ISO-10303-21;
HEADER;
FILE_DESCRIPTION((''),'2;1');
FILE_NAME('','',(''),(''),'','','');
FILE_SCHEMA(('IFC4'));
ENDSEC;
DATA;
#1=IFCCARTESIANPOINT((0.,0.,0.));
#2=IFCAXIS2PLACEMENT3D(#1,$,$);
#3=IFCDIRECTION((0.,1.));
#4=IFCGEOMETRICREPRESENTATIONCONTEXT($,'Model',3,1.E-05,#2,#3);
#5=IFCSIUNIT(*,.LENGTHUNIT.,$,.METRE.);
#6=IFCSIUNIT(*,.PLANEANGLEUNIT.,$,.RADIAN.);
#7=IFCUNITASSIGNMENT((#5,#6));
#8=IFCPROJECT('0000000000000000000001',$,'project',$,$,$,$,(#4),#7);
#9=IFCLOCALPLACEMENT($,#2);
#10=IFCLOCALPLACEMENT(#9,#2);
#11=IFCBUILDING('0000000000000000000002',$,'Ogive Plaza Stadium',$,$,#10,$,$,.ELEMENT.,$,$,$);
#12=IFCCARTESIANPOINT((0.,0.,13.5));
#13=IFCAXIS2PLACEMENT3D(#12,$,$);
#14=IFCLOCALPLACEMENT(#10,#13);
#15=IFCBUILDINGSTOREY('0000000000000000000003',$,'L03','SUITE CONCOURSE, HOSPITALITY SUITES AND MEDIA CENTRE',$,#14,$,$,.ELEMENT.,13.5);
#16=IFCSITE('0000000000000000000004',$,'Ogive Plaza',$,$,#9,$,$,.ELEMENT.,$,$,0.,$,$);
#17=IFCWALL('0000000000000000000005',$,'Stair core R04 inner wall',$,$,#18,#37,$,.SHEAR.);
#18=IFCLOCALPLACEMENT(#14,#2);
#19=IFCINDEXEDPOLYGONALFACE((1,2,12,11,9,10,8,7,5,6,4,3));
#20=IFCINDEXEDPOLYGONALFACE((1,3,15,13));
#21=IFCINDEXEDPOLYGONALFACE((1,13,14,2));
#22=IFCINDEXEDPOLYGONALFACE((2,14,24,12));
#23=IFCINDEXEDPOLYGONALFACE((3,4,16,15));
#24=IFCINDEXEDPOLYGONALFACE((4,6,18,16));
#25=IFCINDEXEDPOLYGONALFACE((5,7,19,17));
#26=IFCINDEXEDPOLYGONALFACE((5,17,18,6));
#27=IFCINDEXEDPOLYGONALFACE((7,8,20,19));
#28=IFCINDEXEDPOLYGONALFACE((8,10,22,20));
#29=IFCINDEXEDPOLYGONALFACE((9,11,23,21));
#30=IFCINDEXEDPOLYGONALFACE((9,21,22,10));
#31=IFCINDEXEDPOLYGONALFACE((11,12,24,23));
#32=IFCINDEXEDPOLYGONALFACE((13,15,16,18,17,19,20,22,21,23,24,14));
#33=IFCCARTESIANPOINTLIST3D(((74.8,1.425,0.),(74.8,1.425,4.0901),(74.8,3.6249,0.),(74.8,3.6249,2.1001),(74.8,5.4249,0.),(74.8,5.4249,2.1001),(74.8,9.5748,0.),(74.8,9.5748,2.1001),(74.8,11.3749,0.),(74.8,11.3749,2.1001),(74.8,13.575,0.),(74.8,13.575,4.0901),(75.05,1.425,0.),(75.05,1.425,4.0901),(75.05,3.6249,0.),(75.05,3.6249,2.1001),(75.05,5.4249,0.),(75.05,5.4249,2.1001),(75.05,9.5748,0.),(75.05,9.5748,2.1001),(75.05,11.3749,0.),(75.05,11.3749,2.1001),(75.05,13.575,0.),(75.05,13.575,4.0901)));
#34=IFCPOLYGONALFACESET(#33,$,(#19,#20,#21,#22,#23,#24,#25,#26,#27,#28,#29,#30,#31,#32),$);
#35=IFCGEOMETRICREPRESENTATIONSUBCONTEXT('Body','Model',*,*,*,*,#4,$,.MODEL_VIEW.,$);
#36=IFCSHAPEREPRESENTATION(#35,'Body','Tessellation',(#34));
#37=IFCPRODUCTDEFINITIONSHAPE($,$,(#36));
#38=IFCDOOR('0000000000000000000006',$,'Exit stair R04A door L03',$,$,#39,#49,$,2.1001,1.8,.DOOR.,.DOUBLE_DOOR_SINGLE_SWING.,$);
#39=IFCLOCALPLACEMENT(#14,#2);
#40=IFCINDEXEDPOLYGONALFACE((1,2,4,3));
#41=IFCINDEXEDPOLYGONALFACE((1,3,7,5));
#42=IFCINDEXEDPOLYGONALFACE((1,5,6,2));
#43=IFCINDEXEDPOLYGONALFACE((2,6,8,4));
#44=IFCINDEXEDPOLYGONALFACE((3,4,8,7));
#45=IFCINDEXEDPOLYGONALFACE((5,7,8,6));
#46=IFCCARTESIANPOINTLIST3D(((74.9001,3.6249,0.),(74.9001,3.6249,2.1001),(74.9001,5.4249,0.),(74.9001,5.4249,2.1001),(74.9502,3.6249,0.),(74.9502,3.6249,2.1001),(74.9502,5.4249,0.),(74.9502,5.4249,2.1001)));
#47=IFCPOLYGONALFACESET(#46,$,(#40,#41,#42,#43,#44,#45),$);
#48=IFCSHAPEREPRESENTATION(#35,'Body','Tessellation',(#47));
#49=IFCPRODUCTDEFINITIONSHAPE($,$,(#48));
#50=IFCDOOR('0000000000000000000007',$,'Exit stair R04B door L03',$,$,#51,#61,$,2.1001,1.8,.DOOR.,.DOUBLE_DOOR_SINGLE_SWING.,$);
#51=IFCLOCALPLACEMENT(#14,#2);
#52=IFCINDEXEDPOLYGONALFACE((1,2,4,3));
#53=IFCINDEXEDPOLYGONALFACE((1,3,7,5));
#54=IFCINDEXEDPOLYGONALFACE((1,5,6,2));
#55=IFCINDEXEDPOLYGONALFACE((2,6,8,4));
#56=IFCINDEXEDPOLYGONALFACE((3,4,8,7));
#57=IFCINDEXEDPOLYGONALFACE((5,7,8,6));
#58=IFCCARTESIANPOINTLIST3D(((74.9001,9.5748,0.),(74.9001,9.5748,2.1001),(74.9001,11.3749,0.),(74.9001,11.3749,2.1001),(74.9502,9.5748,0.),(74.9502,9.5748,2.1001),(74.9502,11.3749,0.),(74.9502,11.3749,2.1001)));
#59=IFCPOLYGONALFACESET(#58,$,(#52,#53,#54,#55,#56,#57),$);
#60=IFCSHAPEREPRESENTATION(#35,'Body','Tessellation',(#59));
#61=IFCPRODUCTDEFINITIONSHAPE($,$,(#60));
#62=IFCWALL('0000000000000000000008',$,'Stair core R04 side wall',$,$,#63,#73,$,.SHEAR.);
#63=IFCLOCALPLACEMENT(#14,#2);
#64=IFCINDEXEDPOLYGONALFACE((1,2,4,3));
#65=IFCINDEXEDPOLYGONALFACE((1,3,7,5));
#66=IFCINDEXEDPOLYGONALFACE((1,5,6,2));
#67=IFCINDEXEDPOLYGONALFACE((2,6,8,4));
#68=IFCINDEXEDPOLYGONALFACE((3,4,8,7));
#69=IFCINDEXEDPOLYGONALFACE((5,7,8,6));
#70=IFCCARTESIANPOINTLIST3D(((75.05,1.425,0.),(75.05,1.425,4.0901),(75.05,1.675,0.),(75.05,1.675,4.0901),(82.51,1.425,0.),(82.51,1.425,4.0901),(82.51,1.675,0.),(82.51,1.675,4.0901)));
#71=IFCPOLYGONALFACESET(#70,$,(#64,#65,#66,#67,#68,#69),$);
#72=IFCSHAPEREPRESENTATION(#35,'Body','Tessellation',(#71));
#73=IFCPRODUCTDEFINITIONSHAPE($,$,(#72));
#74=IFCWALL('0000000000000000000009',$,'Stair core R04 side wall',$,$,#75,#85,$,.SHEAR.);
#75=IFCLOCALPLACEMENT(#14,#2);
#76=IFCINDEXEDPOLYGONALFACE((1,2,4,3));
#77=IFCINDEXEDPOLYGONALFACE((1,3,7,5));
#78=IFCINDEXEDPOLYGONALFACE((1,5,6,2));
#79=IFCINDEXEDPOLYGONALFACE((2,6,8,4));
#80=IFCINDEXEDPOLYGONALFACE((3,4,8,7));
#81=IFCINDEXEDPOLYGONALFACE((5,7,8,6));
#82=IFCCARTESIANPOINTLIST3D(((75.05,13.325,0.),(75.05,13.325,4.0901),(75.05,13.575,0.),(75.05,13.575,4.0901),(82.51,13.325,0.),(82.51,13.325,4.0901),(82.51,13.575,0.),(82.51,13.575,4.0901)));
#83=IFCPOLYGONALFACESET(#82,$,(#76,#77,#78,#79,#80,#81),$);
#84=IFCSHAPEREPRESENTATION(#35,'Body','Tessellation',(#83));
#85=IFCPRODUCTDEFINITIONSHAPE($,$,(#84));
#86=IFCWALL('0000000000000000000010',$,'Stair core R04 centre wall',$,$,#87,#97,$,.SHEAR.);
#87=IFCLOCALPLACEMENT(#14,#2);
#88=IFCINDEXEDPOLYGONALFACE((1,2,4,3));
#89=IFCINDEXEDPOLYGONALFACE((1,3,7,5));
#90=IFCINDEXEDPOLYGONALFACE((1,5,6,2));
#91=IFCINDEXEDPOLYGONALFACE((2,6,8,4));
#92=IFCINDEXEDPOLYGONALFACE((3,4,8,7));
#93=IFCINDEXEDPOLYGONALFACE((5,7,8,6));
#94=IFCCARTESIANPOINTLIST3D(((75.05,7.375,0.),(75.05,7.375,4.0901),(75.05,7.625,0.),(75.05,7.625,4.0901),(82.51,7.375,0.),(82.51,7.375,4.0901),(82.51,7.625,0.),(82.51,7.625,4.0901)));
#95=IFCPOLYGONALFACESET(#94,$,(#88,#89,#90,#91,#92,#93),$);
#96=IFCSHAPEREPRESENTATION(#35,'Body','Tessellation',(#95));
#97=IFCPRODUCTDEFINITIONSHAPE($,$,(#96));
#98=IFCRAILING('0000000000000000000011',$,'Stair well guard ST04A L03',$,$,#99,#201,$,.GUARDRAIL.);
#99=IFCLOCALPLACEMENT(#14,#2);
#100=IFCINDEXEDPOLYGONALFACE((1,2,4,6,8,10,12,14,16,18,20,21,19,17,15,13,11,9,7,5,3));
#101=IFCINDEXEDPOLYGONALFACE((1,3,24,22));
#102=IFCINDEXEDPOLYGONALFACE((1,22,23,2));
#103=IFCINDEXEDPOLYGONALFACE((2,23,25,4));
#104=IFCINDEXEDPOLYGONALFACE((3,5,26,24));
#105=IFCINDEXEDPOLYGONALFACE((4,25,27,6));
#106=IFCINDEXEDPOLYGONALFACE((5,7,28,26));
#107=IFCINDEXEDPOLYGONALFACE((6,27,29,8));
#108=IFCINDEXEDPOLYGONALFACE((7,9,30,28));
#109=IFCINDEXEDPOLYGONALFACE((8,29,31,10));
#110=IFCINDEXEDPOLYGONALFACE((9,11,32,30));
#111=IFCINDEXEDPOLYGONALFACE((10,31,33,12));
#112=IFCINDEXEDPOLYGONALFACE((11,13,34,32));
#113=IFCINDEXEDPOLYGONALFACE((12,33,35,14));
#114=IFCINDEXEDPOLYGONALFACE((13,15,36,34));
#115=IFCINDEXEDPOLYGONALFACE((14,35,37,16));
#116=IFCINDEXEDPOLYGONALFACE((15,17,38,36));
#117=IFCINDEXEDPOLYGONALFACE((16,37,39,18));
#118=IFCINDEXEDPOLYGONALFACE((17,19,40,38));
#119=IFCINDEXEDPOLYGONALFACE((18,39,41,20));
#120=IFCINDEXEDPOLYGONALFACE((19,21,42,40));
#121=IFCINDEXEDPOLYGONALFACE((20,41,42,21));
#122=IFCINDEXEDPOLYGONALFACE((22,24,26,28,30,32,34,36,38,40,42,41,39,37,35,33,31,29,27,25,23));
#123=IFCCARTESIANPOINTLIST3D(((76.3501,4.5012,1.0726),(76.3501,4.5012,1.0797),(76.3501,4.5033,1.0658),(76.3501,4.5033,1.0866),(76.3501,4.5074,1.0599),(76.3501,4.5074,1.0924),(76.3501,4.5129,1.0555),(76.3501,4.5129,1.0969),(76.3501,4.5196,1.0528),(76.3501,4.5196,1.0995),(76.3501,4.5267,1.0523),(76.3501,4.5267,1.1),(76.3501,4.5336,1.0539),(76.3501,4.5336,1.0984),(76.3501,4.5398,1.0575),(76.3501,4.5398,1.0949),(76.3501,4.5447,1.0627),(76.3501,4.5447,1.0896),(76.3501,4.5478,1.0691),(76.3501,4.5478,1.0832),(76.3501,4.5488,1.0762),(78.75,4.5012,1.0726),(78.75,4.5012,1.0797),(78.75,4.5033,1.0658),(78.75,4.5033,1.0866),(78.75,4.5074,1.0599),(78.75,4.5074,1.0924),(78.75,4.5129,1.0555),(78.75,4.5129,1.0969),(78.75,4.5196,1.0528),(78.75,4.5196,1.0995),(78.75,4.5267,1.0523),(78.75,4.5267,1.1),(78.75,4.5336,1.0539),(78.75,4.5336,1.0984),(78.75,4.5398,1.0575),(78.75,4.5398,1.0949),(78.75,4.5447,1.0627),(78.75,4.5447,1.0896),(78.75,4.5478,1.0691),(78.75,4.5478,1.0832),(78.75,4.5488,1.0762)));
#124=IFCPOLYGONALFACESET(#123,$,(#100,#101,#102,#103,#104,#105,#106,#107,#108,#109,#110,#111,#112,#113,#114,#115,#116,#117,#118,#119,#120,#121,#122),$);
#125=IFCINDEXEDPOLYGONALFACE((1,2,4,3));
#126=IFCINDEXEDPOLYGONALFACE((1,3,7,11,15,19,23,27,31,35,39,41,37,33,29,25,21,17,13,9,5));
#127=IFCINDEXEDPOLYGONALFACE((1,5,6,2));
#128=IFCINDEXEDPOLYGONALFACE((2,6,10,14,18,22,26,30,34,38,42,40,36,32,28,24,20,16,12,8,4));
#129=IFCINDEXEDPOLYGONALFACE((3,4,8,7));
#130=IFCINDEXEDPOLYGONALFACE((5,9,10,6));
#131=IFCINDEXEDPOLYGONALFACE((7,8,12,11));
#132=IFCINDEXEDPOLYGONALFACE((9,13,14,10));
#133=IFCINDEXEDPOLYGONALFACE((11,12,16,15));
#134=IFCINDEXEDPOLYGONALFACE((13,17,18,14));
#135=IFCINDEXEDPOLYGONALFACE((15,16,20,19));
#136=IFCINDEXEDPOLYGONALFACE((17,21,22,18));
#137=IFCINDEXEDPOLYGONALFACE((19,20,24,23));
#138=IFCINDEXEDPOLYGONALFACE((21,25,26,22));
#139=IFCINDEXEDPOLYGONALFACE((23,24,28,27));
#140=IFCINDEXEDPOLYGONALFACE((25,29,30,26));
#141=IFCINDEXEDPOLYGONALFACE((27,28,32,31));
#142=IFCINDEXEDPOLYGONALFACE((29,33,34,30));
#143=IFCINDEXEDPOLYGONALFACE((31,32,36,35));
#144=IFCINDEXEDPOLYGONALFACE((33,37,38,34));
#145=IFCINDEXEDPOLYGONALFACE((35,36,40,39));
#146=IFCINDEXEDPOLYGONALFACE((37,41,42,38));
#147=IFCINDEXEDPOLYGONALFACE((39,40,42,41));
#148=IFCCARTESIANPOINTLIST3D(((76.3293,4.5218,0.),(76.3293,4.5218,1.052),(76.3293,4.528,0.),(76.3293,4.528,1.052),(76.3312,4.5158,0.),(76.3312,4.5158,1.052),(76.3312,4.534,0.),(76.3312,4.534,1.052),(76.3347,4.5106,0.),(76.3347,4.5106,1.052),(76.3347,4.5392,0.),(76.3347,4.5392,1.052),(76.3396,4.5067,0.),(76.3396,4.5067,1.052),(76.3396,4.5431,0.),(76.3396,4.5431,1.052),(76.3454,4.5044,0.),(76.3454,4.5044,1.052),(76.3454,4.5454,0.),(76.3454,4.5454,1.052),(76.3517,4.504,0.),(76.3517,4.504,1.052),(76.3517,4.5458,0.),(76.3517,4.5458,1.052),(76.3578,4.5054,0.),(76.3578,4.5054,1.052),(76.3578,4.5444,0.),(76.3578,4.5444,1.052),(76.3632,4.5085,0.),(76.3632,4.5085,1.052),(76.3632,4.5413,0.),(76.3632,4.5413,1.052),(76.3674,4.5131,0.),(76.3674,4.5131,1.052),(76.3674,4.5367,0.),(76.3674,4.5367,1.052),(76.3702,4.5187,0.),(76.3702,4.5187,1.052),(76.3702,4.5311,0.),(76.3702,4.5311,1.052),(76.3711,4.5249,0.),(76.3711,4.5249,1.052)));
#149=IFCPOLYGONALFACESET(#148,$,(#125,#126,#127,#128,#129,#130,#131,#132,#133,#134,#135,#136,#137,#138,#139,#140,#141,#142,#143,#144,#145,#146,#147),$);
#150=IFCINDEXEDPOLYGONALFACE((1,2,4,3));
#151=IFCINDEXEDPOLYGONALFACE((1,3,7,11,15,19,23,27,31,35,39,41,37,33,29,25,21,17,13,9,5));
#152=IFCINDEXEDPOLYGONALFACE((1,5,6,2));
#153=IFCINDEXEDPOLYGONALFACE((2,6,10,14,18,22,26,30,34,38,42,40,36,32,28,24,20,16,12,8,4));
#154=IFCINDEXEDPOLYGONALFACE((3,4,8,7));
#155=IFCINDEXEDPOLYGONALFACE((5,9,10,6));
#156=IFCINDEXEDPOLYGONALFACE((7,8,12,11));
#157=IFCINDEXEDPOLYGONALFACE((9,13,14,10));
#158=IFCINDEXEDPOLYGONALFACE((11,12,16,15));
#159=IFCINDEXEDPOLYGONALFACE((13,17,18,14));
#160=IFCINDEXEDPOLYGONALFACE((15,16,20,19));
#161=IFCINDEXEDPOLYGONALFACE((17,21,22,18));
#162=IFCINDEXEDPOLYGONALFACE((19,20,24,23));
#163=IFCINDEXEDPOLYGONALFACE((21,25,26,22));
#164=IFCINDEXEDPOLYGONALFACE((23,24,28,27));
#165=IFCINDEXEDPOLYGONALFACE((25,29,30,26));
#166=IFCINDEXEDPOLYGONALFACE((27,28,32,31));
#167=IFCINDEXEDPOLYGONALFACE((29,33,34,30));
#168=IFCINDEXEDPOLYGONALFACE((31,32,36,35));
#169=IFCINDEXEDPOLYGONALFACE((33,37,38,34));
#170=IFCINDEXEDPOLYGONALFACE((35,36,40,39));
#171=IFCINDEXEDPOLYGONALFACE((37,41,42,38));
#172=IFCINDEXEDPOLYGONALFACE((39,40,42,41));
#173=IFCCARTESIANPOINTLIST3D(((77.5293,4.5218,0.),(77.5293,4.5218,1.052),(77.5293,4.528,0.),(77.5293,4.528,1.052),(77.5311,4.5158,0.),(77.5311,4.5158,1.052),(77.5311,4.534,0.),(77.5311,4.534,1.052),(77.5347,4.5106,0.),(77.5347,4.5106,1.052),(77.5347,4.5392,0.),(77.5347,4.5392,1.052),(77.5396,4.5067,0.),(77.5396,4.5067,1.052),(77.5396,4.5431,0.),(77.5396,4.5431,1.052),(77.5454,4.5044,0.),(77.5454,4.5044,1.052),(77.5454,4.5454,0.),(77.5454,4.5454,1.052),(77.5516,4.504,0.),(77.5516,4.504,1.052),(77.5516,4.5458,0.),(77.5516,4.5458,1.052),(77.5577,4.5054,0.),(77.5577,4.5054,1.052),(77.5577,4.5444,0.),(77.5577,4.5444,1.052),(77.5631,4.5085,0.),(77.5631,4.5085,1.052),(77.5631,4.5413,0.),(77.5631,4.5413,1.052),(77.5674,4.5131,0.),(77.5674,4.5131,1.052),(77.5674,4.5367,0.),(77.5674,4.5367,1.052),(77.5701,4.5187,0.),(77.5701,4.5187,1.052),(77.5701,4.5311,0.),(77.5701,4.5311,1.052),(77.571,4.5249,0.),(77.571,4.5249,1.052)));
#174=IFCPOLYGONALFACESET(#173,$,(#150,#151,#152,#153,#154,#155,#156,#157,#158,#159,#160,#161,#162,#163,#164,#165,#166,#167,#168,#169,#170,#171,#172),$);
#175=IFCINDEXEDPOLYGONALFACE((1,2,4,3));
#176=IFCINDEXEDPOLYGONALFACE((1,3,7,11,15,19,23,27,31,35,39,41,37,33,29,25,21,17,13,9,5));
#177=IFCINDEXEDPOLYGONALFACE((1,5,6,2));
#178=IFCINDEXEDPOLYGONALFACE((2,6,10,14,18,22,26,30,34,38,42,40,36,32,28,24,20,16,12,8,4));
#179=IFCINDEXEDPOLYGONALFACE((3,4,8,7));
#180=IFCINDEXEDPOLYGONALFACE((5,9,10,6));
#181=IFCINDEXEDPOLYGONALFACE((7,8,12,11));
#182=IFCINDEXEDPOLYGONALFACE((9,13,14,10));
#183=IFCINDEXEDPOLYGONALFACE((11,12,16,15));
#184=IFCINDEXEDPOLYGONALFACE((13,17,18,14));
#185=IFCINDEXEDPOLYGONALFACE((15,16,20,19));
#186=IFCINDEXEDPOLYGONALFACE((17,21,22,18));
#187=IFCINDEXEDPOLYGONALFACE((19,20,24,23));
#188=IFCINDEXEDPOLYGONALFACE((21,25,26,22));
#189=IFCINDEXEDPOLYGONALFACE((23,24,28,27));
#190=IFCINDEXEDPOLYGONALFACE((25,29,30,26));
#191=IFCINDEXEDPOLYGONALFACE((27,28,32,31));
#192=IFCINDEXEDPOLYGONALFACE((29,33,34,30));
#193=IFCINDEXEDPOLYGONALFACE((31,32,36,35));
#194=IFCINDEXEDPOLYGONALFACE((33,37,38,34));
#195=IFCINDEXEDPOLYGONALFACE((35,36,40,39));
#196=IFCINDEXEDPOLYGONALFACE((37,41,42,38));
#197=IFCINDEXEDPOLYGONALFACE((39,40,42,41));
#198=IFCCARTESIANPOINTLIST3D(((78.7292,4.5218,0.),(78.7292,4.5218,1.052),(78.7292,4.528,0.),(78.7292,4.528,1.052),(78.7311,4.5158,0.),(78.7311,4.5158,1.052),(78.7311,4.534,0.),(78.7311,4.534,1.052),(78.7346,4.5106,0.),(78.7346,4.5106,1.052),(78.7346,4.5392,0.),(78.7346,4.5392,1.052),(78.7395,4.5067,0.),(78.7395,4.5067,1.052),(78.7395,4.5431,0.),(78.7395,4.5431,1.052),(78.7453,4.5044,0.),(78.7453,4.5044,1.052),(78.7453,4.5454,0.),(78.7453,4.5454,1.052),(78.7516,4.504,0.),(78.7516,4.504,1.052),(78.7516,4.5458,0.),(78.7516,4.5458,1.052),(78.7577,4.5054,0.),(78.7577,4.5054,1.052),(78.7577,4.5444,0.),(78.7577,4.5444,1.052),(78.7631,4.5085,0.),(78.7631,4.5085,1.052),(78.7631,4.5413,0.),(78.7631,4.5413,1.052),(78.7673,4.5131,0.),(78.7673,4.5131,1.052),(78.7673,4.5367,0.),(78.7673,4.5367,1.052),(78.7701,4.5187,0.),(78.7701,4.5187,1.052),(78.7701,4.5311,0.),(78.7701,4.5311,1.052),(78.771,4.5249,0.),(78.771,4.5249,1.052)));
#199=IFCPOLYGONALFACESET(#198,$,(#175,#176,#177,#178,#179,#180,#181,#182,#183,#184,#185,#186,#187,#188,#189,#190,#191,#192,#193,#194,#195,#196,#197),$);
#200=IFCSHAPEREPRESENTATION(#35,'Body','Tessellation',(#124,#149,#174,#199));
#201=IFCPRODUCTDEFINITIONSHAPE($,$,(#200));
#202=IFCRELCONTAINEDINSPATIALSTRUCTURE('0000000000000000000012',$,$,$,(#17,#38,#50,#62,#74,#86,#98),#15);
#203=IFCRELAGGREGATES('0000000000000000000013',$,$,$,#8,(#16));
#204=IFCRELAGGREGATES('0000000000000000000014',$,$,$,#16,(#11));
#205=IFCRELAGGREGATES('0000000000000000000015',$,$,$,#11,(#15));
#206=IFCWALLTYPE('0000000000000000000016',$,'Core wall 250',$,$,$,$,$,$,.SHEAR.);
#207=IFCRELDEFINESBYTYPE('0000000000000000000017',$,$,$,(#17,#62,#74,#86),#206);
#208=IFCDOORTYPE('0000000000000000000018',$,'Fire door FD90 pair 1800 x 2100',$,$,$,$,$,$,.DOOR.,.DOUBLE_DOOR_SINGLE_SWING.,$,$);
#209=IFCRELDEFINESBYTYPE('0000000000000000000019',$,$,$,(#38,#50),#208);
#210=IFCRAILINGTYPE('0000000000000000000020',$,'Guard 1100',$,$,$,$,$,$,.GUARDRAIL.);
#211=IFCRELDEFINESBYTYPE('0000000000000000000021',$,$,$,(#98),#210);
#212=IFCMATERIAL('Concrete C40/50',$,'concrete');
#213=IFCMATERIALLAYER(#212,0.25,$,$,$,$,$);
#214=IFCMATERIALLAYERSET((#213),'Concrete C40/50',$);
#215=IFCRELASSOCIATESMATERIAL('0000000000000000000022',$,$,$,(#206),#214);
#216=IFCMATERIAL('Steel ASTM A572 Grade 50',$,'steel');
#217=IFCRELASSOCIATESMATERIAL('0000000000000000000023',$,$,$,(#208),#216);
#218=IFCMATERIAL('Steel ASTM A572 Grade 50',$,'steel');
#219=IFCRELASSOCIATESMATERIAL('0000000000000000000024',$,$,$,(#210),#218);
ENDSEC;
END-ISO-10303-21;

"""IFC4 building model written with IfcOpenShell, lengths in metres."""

from ifc_helpers import new_model, si_unit, direction, frame, frame_2d, origin, origin_2d, place, context, subcontext, project, spatial, rectangle, circle, extrude, material, layer, layer_set, type_object, element, fill, save


model = new_model("IFC4")

# Units and contexts
model_context = context("Model", 3, precision=1e-05, world=origin(), true_north=direction((0.0, 1.0)))
body_context = subcontext(model_context, "Body", "Model", "MODEL_VIEW")
ifc_project = project(units=[si_unit("LENGTHUNIT", "METRE"), si_unit("PLANEANGLEUNIT", "RADIAN")], contexts=[model_context])

# Site, building, storey
site_placement = place(None, origin())
site = spatial("IfcSite", under=ifc_project, at=site_placement, Name="Ogive Plaza", CompositionType="ELEMENT", RefElevation=0.0)
building_placement = place(site_placement, origin())
building = spatial("IfcBuilding", under=site, at=building_placement, Name="Ogive Plaza Stadium", CompositionType="ELEMENT")
storey_placement = place(building_placement, frame((0.0, 0.0, 13.5)))
storey = spatial("IfcBuildingStorey", under=building, at=storey_placement, Name="L03", Description="SUITE CONCOURSE, HOSPITALITY SUITES AND MEDIA CENTRE", CompositionType="ELEMENT", Elevation=13.5)

# Wall, openings, doors
ifc_material_1 = material(Name="Concrete C40/50", Category="concrete")
ifc_layer = layer(ifc_material_1, 0.25)
ifc_layer_set = layer_set([ifc_layer], Name="Concrete C40/50")
wall_type = type_object("IfcWallType", Name="Core wall 250", PredefinedType="SHEAR", material=ifc_layer_set)
wall_placement = place(storey_placement, frame((74.925, 1.425, 0.0), z_axis=(0.0, 0.0, 1.0), x_axis=(0.0, 1.0, 0.0)))
wall = element("IfcWall", 1, at=wall_placement, inside=storey, type_object=wall_type, Name="Stair core R04 inner wall", PredefinedType="SHEAR", context=body_context, shape_type="SweptSolid", body=[
    extrude(rectangle(XDim=12.1499, YDim=0.25, at=frame_2d((6.075, 0.0))), origin(), (0.0, 0.0, 1.0), 4.0901),
])
opening_1_placement = place(wall_placement, frame((2.2, 0.0, 0.0)))
opening_1 = element("IfcOpeningElement", 2, at=opening_1_placement, cuts=wall, PredefinedType="OPENING", context=body_context, shape_type="SweptSolid", body=[
    extrude(rectangle(XDim=1.8, YDim=2.1001, at=frame_2d((0.8999, 1.05))), frame((0.0, 0.125, 0.0), z_axis=(0.0, -1.0, 0.0), x_axis=(1.0, 0.0, 0.0)), (0.0, 0.0, 1.0), 0.25),
])
opening_2_placement = place(wall_placement, frame((8.1499, 0.0, 0.0)))
opening_2 = element("IfcOpeningElement", 3, at=opening_2_placement, cuts=wall, PredefinedType="OPENING", context=body_context, shape_type="SweptSolid", body=[
    extrude(rectangle(XDim=1.8, YDim=2.1001, at=frame_2d((0.8999, 1.05))), frame((0.0, 0.125, 0.0), z_axis=(0.0, -1.0, 0.0), x_axis=(1.0, 0.0, 0.0)), (0.0, 0.0, 1.0), 0.25),
])
ifc_material_2 = material(Name="Steel ASTM A572 Grade 50", Category="steel")
door_type = type_object("IfcDoorType", Name="Fire door FD90 pair 1800 x 2100", OperationType="DOUBLE_DOOR_SINGLE_SWING", PredefinedType="DOOR", material=ifc_material_2)
door_1_placement = place(opening_1_placement, origin())
door_1 = element("IfcDoor", 4, at=door_1_placement, inside=storey, type_object=door_type, Name="Exit stair R04A door L03", OperationType="DOUBLE_DOOR_SINGLE_SWING", OverallHeight=2.1001, OverallWidth=1.8, PredefinedType="DOOR", context=body_context, shape_type="SweptSolid", body=[
    extrude(rectangle(XDim=1.8, YDim=2.1001, at=frame_2d((0.8999, 1.05))), frame((0.0, 0.0249, 0.0), z_axis=(0.0, -1.0, 0.0), x_axis=(1.0, 0.0, 0.0)), (0.0, 0.0, 1.0), 0.05),
])
fill(opening_1, door_1)
door_2_placement = place(opening_2_placement, origin())
door_2 = element("IfcDoor", 5, at=door_2_placement, inside=storey, type_object=door_type, Name="Exit stair R04B door L03", OperationType="DOUBLE_DOOR_SINGLE_SWING", OverallHeight=2.1001, OverallWidth=1.8, PredefinedType="DOOR", context=body_context, shape_type="SweptSolid", body=[
    extrude(rectangle(XDim=1.8, YDim=2.1001, at=frame_2d((0.8999, 1.05))), frame((0.0, 0.0249, 0.0), z_axis=(0.0, -1.0, 0.0), x_axis=(1.0, 0.0, 0.0)), (0.0, 0.0, 1.0), 0.05),
])
fill(opening_2, door_2)

# Walls
for number, where, z_axis, x_axis, name in (
    (6, (75.05, 1.55, 0.0), (0.0, 0.0, 1.0), (1.0, 0.0, 0.0), "Stair core R04 side wall"),
    (7, (75.05, 13.45, 0.0), (0.0, 0.0, 1.0), (1.0, 0.0, 0.0), "Stair core R04 side wall"),
    (8, (75.05, 7.5, 0.0), (0.0, 0.0, 1.0), (1.0, 0.0, 0.0), "Stair core R04 centre wall"),
):
    element("IfcWall", number, at=place(storey_placement, frame(where, z_axis=z_axis, x_axis=x_axis)), inside=storey, type_object=wall_type, Name=name, PredefinedType="SHEAR", context=body_context, shape_type="SweptSolid", body=[
        extrude(rectangle(XDim=7.46, YDim=0.25, at=frame_2d((3.73, 0.0))), origin(), (0.0, 0.0, 1.0), 4.0901),
    ])

# Railing
ifc_material_3 = material(Name="Steel ASTM A572 Grade 50", Category="steel")
railing_type_1 = type_object("IfcRailingType", Name="Guard 1100", PredefinedType="GUARDRAIL", material=ifc_material_3)
for number, where, name in (
    (9, (76.3501, 4.5249, 0.0), "Stair well guard ST04A L03"),
):
    element("IfcRailing", number, at=place(storey_placement, frame(where)), inside=storey, type_object=railing_type_1, Name=name, PredefinedType="GUARDRAIL", context=body_context, shape_type="SweptSolid", body=[
        extrude(circle(Radius=0.0239, at=origin_2d()), frame((0.0, 0.0, 1.0762), z_axis=(1.0, 0.0, 0.0), x_axis=(0.0, 1.0, 0.0)), (0.0, 0.0, 1.0), 2.3999),
        extrude(circle(Radius=0.021, at=origin_2d()), origin(), (0.0, 0.0, 1.0), 1.052),
        extrude(circle(Radius=0.021, at=origin_2d()), frame((1.2, 0.0, 0.0)), (0.0, 0.0, 1.0), 1.052),
        extrude(circle(Radius=0.021, at=origin_2d()), frame((2.3999, 0.0, 0.0)), (0.0, 0.0, 1.0), 1.052),
    ])

save(model, "model.ifc")
